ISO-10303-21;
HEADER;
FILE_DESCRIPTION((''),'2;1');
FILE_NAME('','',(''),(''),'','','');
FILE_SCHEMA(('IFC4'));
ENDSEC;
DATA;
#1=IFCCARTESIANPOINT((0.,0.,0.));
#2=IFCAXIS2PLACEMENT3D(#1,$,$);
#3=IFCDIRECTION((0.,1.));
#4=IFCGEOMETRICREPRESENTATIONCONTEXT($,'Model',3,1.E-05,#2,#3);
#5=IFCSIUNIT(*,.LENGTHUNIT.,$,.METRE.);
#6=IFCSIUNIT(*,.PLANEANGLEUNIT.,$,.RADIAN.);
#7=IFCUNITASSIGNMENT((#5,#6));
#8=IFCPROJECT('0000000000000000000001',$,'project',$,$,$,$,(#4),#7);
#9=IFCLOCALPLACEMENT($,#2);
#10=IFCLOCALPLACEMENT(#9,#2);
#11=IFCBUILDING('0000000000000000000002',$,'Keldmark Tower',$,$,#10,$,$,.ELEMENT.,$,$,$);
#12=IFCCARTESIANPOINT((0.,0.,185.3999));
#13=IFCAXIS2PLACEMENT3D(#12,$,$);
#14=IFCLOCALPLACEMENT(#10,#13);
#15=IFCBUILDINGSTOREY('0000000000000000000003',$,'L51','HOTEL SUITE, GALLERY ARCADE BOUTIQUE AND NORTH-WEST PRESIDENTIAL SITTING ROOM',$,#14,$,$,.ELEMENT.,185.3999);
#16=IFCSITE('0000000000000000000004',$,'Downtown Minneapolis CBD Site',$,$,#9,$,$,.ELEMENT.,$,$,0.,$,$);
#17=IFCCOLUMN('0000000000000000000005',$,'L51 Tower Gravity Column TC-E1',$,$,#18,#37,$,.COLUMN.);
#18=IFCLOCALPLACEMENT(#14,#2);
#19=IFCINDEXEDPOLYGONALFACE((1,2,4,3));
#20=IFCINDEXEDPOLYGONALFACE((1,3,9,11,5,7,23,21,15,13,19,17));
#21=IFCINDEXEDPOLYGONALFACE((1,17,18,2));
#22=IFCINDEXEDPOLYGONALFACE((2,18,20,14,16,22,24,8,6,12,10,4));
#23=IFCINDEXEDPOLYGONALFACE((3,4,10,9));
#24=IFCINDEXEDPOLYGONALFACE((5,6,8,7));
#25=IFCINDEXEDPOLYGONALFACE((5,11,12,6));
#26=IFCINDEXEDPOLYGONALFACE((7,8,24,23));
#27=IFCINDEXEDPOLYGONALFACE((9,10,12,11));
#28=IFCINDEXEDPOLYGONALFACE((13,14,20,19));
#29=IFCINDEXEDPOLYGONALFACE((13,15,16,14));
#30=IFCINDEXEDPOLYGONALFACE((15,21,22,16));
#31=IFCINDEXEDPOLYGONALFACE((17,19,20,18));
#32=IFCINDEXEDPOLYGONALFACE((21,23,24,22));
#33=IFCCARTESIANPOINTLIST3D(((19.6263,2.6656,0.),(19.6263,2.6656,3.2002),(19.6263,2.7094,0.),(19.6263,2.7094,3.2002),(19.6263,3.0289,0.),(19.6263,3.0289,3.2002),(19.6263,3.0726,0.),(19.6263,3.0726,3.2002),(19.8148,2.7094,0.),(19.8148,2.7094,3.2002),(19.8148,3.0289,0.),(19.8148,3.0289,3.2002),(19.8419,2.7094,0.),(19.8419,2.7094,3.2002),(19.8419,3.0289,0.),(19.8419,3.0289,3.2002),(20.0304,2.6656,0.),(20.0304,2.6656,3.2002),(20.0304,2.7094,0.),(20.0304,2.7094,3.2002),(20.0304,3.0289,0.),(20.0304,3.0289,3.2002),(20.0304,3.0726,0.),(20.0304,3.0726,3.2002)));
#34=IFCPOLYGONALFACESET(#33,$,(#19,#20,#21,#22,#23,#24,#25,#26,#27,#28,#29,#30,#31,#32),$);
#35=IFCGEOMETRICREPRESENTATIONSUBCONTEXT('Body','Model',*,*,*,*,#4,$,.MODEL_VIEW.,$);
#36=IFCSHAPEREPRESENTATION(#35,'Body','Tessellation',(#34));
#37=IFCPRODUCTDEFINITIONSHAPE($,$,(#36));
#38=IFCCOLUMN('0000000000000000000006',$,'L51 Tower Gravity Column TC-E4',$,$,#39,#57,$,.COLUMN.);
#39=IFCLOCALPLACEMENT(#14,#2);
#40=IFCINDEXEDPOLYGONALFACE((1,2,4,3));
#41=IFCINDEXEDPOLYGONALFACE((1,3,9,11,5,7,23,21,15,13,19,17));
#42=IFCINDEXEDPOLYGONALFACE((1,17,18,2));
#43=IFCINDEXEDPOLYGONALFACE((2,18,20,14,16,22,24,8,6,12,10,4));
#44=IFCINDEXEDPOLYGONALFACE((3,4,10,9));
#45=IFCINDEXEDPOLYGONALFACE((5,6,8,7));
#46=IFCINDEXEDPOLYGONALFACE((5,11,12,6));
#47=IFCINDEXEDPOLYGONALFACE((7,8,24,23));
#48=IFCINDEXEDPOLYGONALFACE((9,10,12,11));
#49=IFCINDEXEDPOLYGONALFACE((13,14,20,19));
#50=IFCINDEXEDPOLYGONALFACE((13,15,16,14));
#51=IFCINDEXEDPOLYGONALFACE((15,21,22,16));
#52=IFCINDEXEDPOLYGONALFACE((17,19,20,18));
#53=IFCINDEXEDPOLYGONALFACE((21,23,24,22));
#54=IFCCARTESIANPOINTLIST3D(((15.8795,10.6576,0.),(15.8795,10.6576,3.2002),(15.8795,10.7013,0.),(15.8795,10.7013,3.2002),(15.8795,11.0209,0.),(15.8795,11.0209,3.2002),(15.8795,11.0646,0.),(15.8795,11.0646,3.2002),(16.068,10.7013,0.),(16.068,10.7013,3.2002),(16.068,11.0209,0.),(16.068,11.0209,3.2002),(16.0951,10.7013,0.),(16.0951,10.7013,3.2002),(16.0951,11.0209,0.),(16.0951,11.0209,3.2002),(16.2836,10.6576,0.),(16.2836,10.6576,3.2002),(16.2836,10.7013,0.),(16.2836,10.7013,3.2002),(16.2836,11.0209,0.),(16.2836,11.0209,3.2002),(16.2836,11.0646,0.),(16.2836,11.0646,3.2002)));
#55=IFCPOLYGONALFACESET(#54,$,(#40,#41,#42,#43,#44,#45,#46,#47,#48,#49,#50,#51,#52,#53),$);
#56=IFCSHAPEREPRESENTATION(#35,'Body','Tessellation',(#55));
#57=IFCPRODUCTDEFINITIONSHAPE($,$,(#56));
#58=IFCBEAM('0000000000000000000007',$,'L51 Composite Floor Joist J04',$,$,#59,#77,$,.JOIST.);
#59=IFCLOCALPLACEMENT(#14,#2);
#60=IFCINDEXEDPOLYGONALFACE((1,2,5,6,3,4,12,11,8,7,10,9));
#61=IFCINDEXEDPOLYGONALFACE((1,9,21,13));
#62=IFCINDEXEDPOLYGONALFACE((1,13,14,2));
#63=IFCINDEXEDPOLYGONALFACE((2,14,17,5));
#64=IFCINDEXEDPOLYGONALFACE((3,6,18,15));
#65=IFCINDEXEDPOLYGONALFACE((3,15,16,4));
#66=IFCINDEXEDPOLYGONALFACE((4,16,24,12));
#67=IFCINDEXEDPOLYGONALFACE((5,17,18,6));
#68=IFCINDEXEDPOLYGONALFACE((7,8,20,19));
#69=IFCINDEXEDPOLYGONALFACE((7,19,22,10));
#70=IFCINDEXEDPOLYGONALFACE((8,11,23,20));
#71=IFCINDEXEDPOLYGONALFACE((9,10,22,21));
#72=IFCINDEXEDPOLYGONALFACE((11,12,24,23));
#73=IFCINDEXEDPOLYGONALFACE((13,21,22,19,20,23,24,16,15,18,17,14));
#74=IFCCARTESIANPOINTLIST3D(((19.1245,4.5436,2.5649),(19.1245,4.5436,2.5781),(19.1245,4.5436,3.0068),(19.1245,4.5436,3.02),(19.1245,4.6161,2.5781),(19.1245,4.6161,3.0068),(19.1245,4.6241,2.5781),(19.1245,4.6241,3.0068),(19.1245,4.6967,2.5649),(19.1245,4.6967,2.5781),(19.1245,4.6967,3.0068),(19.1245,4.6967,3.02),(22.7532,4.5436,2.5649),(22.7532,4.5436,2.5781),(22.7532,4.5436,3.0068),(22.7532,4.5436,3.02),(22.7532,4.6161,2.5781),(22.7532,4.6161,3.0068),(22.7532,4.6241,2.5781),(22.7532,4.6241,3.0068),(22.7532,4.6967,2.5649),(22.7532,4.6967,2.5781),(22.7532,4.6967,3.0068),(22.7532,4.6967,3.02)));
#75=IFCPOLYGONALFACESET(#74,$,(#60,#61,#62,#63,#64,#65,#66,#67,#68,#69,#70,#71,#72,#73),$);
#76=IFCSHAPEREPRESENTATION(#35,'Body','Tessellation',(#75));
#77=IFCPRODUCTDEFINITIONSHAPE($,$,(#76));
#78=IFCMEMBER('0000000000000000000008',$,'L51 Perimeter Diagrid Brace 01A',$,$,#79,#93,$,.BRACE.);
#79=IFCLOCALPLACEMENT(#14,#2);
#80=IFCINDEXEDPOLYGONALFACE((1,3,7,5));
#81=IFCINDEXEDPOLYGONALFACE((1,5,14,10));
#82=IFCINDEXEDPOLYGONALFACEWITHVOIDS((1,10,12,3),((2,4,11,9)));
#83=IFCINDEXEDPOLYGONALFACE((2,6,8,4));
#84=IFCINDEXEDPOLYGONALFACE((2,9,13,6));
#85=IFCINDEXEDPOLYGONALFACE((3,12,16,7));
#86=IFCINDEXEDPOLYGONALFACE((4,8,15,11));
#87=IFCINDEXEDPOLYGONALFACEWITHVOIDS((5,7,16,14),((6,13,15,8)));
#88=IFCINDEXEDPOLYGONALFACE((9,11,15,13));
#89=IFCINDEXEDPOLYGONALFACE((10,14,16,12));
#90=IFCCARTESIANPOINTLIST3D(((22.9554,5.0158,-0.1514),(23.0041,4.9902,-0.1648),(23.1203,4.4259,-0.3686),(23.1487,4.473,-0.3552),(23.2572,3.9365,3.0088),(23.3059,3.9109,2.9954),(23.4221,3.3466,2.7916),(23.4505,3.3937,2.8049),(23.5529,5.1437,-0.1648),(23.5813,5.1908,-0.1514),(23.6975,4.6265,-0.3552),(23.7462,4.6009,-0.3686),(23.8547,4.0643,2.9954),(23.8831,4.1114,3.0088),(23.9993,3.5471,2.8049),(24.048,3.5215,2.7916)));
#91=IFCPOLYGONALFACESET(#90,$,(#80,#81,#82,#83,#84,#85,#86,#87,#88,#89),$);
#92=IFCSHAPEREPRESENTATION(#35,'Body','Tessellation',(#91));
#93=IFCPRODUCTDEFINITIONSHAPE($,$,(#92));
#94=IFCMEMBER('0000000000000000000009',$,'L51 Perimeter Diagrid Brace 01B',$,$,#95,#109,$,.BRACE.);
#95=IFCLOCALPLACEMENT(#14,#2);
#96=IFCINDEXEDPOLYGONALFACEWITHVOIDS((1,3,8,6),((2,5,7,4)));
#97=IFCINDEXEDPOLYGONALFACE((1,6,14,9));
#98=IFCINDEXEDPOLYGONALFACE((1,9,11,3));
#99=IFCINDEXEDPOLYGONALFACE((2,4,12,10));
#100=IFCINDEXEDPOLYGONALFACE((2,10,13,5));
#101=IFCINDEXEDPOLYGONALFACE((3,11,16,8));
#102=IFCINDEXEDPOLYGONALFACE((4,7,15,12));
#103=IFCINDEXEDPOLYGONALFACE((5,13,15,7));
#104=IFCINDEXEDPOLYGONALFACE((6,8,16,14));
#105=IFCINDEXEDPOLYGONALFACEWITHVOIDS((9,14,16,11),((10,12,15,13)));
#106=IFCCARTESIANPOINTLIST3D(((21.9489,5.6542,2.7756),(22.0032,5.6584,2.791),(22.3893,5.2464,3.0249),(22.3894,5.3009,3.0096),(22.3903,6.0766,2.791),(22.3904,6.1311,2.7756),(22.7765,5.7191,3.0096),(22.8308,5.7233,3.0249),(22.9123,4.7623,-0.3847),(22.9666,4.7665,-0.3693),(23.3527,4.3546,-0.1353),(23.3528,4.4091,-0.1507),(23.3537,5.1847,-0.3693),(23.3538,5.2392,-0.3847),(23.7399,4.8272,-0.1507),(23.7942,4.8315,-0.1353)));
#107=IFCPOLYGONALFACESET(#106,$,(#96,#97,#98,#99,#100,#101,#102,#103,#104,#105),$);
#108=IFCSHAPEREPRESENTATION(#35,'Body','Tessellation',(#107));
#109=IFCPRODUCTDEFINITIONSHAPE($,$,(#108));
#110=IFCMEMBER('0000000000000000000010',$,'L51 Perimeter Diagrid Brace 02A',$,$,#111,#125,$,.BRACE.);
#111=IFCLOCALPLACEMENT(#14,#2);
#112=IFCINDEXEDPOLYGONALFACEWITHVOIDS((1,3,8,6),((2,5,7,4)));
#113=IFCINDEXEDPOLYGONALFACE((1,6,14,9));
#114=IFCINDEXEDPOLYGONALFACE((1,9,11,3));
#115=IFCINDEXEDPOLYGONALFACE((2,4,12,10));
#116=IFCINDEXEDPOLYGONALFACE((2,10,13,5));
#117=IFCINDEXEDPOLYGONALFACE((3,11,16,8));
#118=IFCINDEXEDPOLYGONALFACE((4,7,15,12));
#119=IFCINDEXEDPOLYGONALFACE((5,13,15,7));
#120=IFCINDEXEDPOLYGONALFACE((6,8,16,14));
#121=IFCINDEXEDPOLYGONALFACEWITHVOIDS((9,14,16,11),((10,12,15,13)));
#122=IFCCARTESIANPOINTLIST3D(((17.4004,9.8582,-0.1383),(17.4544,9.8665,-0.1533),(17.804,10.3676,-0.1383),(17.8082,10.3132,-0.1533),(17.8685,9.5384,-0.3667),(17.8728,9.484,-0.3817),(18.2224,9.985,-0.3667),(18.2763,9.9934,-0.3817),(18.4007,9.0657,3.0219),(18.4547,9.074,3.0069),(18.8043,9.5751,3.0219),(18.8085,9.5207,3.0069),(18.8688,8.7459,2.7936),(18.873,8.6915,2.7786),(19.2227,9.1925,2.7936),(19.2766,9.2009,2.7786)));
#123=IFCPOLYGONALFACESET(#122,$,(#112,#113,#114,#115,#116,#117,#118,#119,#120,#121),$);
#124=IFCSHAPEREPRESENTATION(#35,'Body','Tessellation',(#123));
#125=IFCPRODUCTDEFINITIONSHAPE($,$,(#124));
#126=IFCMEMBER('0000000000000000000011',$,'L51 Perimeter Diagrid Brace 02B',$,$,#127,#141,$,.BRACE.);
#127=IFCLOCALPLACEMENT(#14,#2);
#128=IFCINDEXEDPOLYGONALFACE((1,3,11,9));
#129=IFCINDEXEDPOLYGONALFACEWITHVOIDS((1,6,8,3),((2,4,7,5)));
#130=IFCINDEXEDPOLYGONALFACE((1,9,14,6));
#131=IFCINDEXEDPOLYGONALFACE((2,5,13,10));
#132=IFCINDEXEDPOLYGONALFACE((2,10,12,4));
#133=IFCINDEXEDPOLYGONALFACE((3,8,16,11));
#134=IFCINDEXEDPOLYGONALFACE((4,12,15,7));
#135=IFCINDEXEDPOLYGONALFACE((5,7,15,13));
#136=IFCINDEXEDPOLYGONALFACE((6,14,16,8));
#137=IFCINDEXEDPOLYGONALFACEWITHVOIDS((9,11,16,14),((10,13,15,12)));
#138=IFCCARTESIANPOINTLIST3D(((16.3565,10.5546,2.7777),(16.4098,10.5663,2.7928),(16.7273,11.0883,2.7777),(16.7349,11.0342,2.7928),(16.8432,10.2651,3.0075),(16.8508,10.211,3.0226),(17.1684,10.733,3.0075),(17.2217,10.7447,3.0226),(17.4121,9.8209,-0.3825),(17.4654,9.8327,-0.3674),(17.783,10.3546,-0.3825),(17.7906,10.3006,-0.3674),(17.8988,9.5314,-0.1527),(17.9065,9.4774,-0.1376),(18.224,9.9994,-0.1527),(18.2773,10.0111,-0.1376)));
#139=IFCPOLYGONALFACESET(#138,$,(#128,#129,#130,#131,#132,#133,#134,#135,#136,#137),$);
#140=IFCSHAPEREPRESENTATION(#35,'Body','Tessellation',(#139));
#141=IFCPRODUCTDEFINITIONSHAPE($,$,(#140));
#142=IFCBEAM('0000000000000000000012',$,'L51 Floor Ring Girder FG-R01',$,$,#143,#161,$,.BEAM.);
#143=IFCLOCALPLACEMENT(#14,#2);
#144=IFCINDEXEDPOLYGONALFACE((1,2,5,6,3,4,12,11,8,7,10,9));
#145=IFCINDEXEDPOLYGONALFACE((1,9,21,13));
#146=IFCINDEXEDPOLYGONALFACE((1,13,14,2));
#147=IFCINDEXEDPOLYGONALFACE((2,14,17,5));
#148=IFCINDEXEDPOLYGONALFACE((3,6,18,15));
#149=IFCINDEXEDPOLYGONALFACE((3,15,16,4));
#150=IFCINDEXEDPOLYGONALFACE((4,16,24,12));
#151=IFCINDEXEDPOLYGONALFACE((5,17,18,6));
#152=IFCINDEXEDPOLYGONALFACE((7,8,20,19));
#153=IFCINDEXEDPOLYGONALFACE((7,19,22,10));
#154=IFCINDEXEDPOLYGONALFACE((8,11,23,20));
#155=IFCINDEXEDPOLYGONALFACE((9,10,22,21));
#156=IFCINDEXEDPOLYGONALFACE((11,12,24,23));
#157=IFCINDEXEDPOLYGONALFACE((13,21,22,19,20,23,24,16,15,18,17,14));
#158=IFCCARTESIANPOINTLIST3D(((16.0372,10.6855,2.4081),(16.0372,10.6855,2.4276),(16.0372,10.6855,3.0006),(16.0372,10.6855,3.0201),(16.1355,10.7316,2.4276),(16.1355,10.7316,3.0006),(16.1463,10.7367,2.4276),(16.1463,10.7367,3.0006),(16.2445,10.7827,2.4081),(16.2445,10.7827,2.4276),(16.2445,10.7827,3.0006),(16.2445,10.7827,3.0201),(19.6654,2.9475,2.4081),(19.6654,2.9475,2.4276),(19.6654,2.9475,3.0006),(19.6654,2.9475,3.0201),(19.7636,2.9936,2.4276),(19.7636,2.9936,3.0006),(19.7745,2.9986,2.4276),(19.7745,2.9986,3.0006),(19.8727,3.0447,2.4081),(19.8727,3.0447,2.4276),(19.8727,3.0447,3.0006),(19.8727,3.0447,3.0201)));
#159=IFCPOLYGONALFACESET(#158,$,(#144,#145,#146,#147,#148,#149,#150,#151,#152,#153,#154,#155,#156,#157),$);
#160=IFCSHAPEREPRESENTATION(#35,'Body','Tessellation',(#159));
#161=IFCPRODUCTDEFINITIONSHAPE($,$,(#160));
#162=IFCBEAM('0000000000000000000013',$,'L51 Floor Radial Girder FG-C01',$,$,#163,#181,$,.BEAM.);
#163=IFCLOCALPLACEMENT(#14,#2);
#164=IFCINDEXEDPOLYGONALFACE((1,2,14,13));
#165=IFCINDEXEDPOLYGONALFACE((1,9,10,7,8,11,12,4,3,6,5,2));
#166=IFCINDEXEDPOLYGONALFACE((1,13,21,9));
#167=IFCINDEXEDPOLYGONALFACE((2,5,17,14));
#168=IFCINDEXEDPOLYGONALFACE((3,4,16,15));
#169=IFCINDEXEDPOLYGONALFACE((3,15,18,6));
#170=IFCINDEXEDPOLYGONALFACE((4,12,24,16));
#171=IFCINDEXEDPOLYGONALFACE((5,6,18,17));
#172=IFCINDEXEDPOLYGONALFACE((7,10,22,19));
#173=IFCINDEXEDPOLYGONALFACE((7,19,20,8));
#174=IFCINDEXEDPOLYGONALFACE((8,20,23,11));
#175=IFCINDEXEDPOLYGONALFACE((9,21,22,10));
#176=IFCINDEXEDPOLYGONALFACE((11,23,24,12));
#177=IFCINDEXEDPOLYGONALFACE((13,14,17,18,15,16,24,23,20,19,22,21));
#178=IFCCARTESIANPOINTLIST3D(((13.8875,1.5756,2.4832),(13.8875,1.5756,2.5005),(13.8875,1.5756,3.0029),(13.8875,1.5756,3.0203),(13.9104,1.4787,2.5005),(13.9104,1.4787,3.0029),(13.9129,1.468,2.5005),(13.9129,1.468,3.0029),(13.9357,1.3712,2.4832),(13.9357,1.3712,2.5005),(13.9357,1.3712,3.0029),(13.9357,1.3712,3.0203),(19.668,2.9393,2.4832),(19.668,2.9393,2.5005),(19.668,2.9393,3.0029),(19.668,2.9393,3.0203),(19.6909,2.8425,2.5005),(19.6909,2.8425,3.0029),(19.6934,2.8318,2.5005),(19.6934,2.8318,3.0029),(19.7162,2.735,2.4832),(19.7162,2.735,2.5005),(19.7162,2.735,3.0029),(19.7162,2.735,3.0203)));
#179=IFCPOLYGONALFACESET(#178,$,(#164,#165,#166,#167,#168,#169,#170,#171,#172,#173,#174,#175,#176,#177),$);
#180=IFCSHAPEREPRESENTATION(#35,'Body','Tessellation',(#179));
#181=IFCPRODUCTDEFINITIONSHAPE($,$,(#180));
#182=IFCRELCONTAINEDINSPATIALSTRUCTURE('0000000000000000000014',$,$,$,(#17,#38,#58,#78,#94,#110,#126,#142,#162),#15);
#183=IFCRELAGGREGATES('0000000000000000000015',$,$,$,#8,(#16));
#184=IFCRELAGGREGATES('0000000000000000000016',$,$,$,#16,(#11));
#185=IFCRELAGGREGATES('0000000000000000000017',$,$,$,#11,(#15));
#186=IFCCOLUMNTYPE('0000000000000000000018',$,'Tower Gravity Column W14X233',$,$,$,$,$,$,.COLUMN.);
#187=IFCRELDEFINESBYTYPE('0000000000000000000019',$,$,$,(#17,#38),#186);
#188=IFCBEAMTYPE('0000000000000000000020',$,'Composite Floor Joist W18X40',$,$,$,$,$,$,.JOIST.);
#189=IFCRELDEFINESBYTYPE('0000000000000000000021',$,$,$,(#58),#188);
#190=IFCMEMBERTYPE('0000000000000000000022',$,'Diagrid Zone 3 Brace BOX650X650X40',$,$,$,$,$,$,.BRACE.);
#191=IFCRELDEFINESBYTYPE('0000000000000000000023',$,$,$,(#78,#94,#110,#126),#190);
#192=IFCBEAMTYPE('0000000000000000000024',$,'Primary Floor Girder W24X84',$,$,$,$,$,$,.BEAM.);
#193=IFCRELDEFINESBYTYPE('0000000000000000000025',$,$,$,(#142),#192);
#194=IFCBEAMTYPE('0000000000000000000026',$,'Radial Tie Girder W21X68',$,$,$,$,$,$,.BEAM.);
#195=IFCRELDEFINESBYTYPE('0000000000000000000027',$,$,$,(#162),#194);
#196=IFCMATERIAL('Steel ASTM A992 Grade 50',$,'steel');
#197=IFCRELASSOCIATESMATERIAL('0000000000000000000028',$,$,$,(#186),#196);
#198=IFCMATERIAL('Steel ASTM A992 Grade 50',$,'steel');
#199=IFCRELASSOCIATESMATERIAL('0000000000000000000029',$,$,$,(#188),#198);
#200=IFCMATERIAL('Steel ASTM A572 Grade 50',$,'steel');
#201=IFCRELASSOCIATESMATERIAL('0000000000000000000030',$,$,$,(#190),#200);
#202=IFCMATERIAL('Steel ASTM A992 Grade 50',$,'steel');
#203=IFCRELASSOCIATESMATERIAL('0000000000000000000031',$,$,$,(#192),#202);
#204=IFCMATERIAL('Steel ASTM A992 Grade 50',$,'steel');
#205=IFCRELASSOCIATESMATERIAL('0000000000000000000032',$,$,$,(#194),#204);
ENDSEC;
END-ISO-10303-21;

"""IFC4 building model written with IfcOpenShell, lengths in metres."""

from ifc_helpers import new_model, si_unit, direction, frame, origin, origin_2d, place, context, subcontext, project, spatial, hollow_rectangle, i_section, extrude, material, material_profile, profile_set, type_object, element, save


model = new_model("IFC4")

# Units and contexts
model_context = context("Model", 3, precision=1e-05, world=origin(), true_north=direction((0.0, 1.0)))
body_context = subcontext(model_context, "Body", "Model", "MODEL_VIEW")
ifc_project = project(units=[si_unit("LENGTHUNIT", "METRE"), si_unit("PLANEANGLEUNIT", "RADIAN")], contexts=[model_context])

# Site, building, storey
site_placement = place(None, origin())
site = spatial("IfcSite", under=ifc_project, at=site_placement, Name="Downtown Minneapolis CBD Site", CompositionType="ELEMENT", RefElevation=0.0)
building_placement = place(site_placement, origin())
building = spatial("IfcBuilding", under=site, at=building_placement, Name="Keldmark Tower", CompositionType="ELEMENT")
storey_placement = place(building_placement, frame((0.0, 0.0, 185.3999)))
storey = spatial("IfcBuildingStorey", under=building, at=storey_placement, Name="L51", Description="HOTEL SUITE, GALLERY ARCADE BOUTIQUE AND NORTH-WEST PRESIDENTIAL SITTING ROOM", CompositionType="ELEMENT", Elevation=185.3999)

# Columns
ifc_material_1 = material(Name="Steel ASTM A992 Grade 50", Category="steel")
ifc_material_profile_1 = material_profile(ifc_material_1, i_section(OverallWidth=0.4041, OverallDepth=0.407, WebThickness=0.0271, FlangeThickness=0.0437, at=origin_2d()), Name="W14X233")
ifc_profile_set_1 = profile_set([ifc_material_profile_1], Name="Steel ASTM A992 Grade 50")
column_type = type_object("IfcColumnType", Name="Tower Gravity Column W14X233", PredefinedType="COLUMN", material=ifc_profile_set_1)
for number, where, z_axis, x_axis, name in (
    (1, (19.8284, 2.8691, 0.0), (0.0, 0.0, 1.0), (1.0, 0.0, 0.0), "L51 Tower Gravity Column TC-E1"),
    (2, (16.0815, 10.8611, 0.0), (0.0, 0.0, 1.0), (1.0, 0.0, 0.0), "L51 Tower Gravity Column TC-E4"),
):
    element("IfcColumn", number, at=place(storey_placement, frame(where, z_axis=z_axis, x_axis=x_axis)), inside=storey, type_object=column_type, Name=name, PredefinedType="COLUMN", context=body_context, shape_type="SweptSolid", body=[
        extrude(i_section(OverallWidth=0.4041, OverallDepth=0.407, WebThickness=0.0271, FlangeThickness=0.0437, at=origin_2d()), origin(), (0.0, 0.0, 1.0), 3.2002),
    ])

# Beam
ifc_material_2 = material(Name="Steel ASTM A992 Grade 50", Category="steel")
ifc_material_profile_2 = material_profile(ifc_material_2, i_section(OverallWidth=0.1531, OverallDepth=0.4551, WebThickness=0.0081, FlangeThickness=0.0132, at=origin_2d()), Name="W18X40")
ifc_profile_set_2 = profile_set([ifc_material_profile_2], Name="Steel ASTM A992 Grade 50")
beam_type_1 = type_object("IfcBeamType", Name="Composite Floor Joist W18X40", PredefinedType="JOIST", material=ifc_profile_set_2)
beam_1_placement = place(storey_placement, frame((19.1245, 4.6201, 2.7925), z_axis=(1.0, 0.0, 0.0), x_axis=(0.0, 1.0, 0.0)))
element("IfcBeam", 3, at=beam_1_placement, inside=storey, type_object=beam_type_1, Name="L51 Composite Floor Joist J04", PredefinedType="JOIST", context=body_context, shape_type="SweptSolid", body=[
    extrude(i_section(OverallWidth=0.1531, OverallDepth=0.4551, WebThickness=0.0081, FlangeThickness=0.0132, at=origin_2d()), origin(), (0.0, 0.0, 1.0), 3.6287),
])

# Members
ifc_material_3 = material(Name="Steel ASTM A572 Grade 50", Category="steel")
ifc_material_profile_3 = material_profile(ifc_material_3, hollow_rectangle(XDim=0.6499, YDim=0.6499, WallThickness=0.04, at=origin_2d()), Name="BOX650X650X40")
ifc_profile_set_3 = profile_set([ifc_material_profile_3], Name="Steel ASTM A572 Grade 50")
member_type = type_object("IfcMemberType", Name="Diagrid Zone 3 Brace BOX650X650X40", PredefinedType="BRACE", material=ifc_profile_set_3)
member_1_placement = place(storey_placement, frame((23.3508, 4.8083, -0.26), z_axis=(0.089996, -0.321904, 0.942485), x_axis=(0.96307, 0.26925, 0.0)))
element("IfcMember", 4, at=member_1_placement, inside=storey, type_object=member_type, Name="L51 Perimeter Diagrid Brace 01A", PredefinedType="BRACE", context=body_context, shape_type="SweptSolid", body=[
    extrude(hollow_rectangle(XDim=0.6499, YDim=0.6499, WallThickness=0.04, at=origin_2d()), origin(), (0.0, 0.0, 1.0), 3.353),
])
member_2_placement = place(storey_placement, frame((23.3533, 4.7969, -0.26), z_axis=(-0.281525, 0.260621, 0.923483), x_axis=(-0.679338, -0.733826, 0.0)))
element("IfcMember", 5, at=member_2_placement, inside=storey, type_object=member_type, Name="L51 Perimeter Diagrid Brace 01B", PredefinedType="BRACE", context=body_context, shape_type="SweptSolid", body=[
    extrude(hollow_rectangle(XDim=0.6499, YDim=0.6499, WallThickness=0.04, at=origin_2d()), origin(), (0.0, 0.0, 1.0), 3.4221),
])
member_3_placement = place(storey_placement, frame((17.8384, 9.9258, -0.26), z_axis=(0.293491, -0.232529, 0.92725), x_axis=(0.621002, 0.783809, 0.0)))
element("IfcMember", 6, at=member_3_placement, inside=storey, type_object=member_type, Name="L51 Perimeter Diagrid Brace 02A", PredefinedType="BRACE", context=body_context, shape_type="SweptSolid", body=[
    extrude(hollow_rectangle(XDim=0.6499, YDim=0.6499, WallThickness=0.04, at=origin_2d()), origin(), (0.0, 0.0, 1.0), 3.4082),
])
member_4_placement = place(storey_placement, frame((17.8447, 9.916, -0.26), z_axis=(-0.309431, 0.215041, 0.926288), x_axis=(-0.57068, -0.821172, 0.0)))
element("IfcMember", 7, at=member_4_placement, inside=storey, type_object=member_type, Name="L51 Perimeter Diagrid Brace 02B", PredefinedType="BRACE", context=body_context, shape_type="SweptSolid", body=[
    extrude(hollow_rectangle(XDim=0.6499, YDim=0.6499, WallThickness=0.04, at=origin_2d()), origin(), (0.0, 0.0, 1.0), 3.4116),
])

# Beams
ifc_material_4 = material(Name="Steel ASTM A992 Grade 50", Category="steel")
ifc_material_profile_4 = material_profile(ifc_material_4, i_section(OverallWidth=0.229, OverallDepth=0.6121, WebThickness=0.012, FlangeThickness=0.0195, at=origin_2d()), Name="W24X84")
ifc_profile_set_4 = profile_set([ifc_material_profile_4], Name="Steel ASTM A992 Grade 50")
beam_type_2 = type_object("IfcBeamType", Name="Primary Floor Girder W24X84", PredefinedType="BEAM", material=ifc_profile_set_4)
beam_2_placement = place(storey_placement, frame((19.769, 2.9961, 2.7141), z_axis=(-0.424527, 0.905415, 0.0), x_axis=(-0.905415, -0.424527, 0.0)))
element("IfcBeam", 8, at=beam_2_placement, inside=storey, type_object=beam_type_2, Name="L51 Floor Ring Girder FG-R01", PredefinedType="BEAM", context=body_context, shape_type="SweptSolid", body=[
    extrude(i_section(OverallWidth=0.229, OverallDepth=0.6121, WebThickness=0.012, FlangeThickness=0.0195, at=origin_2d()), origin(), (0.0, 0.0, 1.0), 8.5464),
])
ifc_material_5 = material(Name="Steel ASTM A992 Grade 50", Category="steel")
ifc_material_profile_5 = material_profile(ifc_material_5, i_section(OverallWidth=0.21, OverallDepth=0.5371, WebThickness=0.011, FlangeThickness=0.0173, at=origin_2d()), Name="W21X68")
ifc_profile_set_5 = profile_set([ifc_material_profile_5], Name="Steel ASTM A992 Grade 50")
beam_type_3 = type_object("IfcBeamType", Name="Radial Tie Girder W21X68", PredefinedType="BEAM", material=ifc_profile_set_5)
beam_3_placement = place(storey_placement, frame((19.6921, 2.8372, 2.7517), z_axis=(-0.97328, -0.229621, 0.0), x_axis=(0.229621, -0.97328, 0.0)))
element("IfcBeam", 9, at=beam_3_placement, inside=storey, type_object=beam_type_3, Name="L51 Floor Radial Girder FG-C01", PredefinedType="BEAM", context=body_context, shape_type="SweptSolid", body=[
    extrude(i_section(OverallWidth=0.21, OverallDepth=0.5371, WebThickness=0.011, FlangeThickness=0.0173, at=origin_2d()), origin(), (0.0, 0.0, 1.0), 5.9392),
])

save(model, "model.ifc")
